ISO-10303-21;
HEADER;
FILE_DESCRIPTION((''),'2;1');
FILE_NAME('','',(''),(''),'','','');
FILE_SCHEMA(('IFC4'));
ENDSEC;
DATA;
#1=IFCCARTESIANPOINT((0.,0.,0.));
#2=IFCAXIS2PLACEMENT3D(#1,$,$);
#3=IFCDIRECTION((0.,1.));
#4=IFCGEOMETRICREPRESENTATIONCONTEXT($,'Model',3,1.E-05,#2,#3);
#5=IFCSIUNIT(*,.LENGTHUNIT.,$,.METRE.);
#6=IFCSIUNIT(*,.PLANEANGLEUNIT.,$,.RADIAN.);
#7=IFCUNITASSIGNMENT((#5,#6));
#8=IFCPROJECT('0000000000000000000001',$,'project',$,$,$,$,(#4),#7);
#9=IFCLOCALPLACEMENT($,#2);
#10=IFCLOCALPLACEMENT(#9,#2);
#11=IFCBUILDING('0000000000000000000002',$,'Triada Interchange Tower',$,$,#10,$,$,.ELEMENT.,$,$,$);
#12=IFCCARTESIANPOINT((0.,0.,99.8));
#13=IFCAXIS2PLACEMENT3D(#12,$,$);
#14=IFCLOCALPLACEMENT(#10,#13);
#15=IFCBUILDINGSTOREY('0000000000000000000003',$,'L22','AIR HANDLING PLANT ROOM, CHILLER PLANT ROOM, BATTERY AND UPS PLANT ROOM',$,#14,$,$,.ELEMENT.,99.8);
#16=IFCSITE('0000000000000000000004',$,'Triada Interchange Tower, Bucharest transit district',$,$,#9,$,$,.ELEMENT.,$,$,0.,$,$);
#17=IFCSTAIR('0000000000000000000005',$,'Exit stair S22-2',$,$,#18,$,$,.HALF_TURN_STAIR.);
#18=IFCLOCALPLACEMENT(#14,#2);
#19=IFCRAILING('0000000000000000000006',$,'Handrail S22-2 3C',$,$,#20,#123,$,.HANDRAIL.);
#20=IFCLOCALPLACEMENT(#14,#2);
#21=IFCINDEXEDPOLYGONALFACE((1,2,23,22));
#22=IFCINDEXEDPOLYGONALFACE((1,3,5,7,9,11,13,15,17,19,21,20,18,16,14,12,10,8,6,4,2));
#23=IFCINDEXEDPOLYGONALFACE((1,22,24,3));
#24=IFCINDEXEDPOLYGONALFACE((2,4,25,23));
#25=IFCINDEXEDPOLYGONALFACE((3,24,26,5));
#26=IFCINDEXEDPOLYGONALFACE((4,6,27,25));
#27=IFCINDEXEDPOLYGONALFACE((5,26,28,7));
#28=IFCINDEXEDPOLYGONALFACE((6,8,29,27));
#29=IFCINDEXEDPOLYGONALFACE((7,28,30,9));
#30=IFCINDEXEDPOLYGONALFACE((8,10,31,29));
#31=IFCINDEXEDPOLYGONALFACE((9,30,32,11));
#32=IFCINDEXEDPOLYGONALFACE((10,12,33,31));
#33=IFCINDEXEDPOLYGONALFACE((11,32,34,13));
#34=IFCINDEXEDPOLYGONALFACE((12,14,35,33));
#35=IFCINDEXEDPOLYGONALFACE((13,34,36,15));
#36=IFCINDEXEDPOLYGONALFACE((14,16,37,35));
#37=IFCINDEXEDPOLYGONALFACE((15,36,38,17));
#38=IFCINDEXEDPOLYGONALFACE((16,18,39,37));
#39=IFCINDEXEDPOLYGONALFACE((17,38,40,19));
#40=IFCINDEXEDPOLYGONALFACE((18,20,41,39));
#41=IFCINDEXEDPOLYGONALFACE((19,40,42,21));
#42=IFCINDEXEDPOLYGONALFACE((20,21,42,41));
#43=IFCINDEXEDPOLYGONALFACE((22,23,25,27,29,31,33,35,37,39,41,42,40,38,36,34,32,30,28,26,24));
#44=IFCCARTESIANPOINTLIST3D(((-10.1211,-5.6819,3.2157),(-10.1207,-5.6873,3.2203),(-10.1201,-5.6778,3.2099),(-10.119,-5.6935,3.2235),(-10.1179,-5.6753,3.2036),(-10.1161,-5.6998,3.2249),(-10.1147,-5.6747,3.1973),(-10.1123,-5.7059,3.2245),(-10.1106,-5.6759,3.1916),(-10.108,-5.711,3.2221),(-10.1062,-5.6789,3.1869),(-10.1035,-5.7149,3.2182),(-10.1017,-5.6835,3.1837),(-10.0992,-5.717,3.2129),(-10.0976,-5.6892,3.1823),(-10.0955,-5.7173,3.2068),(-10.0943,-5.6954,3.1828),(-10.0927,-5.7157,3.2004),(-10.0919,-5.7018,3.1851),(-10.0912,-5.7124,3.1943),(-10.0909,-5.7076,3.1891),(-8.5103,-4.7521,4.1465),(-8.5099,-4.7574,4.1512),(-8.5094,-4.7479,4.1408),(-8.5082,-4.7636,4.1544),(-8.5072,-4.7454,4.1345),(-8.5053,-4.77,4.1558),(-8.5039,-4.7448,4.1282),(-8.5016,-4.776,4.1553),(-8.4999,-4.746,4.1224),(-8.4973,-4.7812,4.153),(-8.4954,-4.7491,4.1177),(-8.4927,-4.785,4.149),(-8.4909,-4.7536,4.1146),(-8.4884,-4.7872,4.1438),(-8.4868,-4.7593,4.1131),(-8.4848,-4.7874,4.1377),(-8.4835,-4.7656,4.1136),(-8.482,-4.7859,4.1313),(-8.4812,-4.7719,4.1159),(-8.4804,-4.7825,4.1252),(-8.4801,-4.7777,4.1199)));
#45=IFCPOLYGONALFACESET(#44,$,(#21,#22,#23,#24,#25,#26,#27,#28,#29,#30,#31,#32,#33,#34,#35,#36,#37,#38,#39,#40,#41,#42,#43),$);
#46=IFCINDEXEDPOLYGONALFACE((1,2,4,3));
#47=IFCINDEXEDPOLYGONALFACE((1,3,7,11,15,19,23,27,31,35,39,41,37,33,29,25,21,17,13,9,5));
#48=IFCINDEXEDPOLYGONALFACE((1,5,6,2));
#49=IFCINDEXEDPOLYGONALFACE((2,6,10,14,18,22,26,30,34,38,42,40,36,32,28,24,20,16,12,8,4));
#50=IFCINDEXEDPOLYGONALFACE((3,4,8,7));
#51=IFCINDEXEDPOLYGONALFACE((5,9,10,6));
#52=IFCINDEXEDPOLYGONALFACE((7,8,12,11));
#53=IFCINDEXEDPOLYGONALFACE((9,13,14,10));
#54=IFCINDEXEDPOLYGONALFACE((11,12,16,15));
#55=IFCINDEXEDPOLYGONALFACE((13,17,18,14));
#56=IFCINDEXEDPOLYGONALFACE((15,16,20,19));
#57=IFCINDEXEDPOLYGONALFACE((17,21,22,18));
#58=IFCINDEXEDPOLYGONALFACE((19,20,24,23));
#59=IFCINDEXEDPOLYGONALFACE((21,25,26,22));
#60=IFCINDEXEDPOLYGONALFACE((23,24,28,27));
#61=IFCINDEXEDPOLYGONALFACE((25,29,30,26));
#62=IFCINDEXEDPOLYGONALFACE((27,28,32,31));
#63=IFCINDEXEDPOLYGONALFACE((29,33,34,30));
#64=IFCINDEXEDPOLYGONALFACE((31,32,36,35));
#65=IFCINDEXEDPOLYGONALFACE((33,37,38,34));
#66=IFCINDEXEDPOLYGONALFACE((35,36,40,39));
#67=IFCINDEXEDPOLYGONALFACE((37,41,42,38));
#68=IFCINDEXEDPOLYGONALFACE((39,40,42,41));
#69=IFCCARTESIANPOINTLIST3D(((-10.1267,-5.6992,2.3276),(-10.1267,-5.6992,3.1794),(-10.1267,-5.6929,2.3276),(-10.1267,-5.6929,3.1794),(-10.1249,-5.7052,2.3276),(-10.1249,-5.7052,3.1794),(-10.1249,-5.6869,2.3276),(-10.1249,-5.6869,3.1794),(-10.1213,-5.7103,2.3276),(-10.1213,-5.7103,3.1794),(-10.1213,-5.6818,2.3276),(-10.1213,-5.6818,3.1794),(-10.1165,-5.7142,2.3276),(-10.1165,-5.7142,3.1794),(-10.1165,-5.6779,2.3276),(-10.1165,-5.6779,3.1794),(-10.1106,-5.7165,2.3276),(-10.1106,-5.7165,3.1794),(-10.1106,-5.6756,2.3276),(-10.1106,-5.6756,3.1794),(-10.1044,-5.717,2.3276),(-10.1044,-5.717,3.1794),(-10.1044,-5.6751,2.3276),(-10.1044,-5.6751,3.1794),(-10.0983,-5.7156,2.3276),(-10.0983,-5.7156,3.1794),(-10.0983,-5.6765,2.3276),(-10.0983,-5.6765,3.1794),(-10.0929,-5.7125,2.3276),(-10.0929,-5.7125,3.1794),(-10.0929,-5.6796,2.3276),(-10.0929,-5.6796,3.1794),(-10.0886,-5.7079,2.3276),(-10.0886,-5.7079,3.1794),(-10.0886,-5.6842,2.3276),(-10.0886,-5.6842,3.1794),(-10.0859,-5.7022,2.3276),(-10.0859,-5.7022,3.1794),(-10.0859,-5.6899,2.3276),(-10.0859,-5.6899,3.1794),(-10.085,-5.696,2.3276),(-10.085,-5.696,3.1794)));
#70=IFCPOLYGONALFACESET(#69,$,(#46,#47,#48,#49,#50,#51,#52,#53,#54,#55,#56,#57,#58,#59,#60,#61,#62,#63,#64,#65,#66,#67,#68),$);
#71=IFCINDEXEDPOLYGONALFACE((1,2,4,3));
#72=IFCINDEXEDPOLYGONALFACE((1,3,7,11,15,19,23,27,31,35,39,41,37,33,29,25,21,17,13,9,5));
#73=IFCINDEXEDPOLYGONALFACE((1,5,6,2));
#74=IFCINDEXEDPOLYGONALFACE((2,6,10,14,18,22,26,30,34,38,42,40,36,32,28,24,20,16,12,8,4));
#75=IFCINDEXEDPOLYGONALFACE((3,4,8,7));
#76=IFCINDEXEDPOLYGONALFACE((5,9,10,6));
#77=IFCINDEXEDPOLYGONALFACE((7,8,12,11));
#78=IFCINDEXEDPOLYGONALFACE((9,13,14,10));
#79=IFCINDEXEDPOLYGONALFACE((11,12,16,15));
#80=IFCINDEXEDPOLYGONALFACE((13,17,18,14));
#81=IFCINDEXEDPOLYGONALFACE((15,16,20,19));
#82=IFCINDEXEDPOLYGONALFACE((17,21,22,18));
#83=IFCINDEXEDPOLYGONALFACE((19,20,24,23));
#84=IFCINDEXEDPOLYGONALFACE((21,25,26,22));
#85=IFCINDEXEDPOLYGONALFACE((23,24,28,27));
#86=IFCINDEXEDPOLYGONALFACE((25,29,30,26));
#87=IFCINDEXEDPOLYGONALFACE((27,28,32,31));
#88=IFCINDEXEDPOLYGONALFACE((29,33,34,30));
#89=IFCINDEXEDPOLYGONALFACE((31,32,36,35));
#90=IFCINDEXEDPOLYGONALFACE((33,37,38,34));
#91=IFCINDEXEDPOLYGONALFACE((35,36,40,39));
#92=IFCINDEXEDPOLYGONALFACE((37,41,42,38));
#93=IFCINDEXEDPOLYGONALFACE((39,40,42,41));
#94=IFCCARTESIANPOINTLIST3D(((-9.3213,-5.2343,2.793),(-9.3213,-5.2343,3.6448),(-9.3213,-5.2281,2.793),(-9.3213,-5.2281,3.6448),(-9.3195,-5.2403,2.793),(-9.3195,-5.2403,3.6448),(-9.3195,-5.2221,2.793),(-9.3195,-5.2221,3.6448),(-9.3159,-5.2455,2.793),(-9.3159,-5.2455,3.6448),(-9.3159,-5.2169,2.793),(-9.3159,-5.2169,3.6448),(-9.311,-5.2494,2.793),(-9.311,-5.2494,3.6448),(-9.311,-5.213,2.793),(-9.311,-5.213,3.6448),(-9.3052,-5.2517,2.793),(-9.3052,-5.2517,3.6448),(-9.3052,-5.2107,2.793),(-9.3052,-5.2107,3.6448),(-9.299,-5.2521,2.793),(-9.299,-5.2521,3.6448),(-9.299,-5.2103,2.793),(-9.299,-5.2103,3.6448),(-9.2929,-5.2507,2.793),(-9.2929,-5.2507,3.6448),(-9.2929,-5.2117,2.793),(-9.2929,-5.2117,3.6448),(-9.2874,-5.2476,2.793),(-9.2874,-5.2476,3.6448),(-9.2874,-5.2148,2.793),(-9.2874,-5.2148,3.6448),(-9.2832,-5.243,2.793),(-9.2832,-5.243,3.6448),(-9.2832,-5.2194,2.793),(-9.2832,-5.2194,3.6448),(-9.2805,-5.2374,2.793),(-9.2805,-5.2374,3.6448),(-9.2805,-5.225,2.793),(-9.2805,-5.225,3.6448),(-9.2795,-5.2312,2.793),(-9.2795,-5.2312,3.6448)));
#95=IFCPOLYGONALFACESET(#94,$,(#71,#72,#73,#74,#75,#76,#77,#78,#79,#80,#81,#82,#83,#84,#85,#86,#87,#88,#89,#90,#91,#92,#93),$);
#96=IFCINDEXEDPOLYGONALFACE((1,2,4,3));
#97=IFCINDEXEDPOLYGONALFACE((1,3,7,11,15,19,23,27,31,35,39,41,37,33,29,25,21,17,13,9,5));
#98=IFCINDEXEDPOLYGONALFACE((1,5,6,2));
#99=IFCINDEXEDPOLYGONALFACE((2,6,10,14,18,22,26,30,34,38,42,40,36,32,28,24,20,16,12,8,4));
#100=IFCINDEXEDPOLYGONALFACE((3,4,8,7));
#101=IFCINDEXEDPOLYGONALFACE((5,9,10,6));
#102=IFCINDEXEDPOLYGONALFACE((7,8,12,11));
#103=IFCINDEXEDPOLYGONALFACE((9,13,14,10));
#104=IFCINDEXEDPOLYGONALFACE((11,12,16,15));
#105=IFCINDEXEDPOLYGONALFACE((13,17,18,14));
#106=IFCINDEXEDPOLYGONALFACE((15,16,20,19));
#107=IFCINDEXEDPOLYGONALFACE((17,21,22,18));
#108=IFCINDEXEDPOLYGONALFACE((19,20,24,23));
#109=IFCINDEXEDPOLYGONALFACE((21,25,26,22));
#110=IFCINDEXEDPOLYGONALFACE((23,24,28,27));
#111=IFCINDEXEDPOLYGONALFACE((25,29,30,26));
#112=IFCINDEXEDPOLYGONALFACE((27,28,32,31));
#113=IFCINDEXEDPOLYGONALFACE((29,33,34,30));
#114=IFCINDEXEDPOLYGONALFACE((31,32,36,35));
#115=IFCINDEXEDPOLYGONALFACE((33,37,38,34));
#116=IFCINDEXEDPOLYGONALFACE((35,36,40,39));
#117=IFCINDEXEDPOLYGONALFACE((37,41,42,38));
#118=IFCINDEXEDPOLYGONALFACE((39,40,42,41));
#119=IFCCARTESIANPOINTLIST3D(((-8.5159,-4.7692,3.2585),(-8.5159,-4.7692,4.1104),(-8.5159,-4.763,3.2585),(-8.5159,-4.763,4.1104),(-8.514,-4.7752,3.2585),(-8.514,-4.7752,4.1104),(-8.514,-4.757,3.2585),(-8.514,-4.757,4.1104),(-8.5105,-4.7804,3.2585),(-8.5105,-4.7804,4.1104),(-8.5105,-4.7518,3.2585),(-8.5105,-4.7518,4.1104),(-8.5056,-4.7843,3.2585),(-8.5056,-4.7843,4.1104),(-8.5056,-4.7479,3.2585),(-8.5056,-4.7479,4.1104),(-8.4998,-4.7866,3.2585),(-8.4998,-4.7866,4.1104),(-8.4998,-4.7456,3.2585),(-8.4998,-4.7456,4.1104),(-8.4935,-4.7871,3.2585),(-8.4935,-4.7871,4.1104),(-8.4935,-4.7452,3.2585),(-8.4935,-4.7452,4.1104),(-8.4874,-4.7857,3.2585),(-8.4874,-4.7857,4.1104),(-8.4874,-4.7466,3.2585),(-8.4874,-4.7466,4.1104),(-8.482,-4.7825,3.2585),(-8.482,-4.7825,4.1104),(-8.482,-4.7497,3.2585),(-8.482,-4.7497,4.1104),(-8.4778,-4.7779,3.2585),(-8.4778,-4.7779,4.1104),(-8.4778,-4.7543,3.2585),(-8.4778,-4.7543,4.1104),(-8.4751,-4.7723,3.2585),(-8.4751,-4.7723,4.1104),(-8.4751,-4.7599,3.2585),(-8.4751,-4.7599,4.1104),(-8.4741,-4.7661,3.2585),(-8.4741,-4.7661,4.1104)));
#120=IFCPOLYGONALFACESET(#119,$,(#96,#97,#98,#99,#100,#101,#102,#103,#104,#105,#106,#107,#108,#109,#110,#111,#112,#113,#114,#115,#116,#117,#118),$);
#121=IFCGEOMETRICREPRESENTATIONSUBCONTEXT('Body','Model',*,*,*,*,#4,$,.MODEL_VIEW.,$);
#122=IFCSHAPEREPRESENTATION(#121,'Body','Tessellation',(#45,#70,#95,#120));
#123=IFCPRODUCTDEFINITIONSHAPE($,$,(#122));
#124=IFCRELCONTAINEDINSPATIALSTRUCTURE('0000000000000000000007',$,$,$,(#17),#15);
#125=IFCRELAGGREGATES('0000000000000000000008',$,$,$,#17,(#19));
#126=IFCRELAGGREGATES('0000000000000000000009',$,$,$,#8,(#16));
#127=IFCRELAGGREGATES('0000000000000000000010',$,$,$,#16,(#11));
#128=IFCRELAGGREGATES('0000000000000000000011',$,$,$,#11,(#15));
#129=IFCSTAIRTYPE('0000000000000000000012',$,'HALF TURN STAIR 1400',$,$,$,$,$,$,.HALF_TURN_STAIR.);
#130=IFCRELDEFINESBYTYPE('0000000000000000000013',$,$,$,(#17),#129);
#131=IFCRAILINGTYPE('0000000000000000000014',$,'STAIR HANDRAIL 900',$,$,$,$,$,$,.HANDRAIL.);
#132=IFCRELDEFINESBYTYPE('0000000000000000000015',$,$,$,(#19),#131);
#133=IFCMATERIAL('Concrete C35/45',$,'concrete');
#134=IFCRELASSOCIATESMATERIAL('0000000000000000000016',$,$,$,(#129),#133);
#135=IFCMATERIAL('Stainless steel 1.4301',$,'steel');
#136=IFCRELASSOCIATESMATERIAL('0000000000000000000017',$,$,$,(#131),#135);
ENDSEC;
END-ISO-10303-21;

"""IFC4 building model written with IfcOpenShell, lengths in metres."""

from ifc_helpers import new_model, si_unit, direction, frame, origin, origin_2d, place, context, subcontext, project, spatial, circle, extrude, material, type_object, element, aggregate, save


model = new_model("IFC4")

# Units and contexts
model_context = context("Model", 3, precision=1e-05, world=origin(), true_north=direction((0.0, 1.0)))
body_context = subcontext(model_context, "Body", "Model", "MODEL_VIEW")
ifc_project = project(units=[si_unit("LENGTHUNIT", "METRE"), si_unit("PLANEANGLEUNIT", "RADIAN")], contexts=[model_context])

# Site, building, storey
site_placement = place(None, origin())
site = spatial("IfcSite", under=ifc_project, at=site_placement, Name="Triada Interchange Tower, Bucharest transit district", CompositionType="ELEMENT", RefElevation=0.0)
building_placement = place(site_placement, origin())
building = spatial("IfcBuilding", under=site, at=building_placement, Name="Triada Interchange Tower", CompositionType="ELEMENT")
storey_placement = place(building_placement, frame((0.0, 0.0, 99.8)))
storey = spatial("IfcBuildingStorey", under=building, at=storey_placement, Name="L22", Description="AIR HANDLING PLANT ROOM, CHILLER PLANT ROOM, BATTERY AND UPS PLANT ROOM", CompositionType="ELEMENT", Elevation=99.8)

# Shared definitions
ifc_material_1 = material(Name="Concrete C35/45", Category="concrete")

# Stair, railing
stair_type = type_object("IfcStairType", Name="HALF TURN STAIR 1400", PredefinedType="HALF_TURN_STAIR", material=ifc_material_1)
stair_placement = place(storey_placement, origin())
stair = element("IfcStair", 1, at=stair_placement, inside=storey, type_object=stair_type, Name="Exit stair S22-2", PredefinedType="HALF_TURN_STAIR")
ifc_material_2 = material(Name="Stainless steel 1.4301", Category="steel")
railing_type_1 = type_object("IfcRailingType", Name="STAIR HANDRAIL 900", PredefinedType="HANDRAIL", material=ifc_material_2)
railing_1_placement = place(storey_placement, frame((-10.106, -5.696, 2.3276)))
railing_1 = element("IfcRailing", 2, at=railing_1_placement, type_object=railing_type_1, Name="Handrail S22-2 3C", PredefinedType="HANDRAIL", context=body_context, shape_type="SweptSolid", body=[
    extrude(circle(Radius=0.0239, at=origin_2d()), frame((0.0, 0.0, 0.876), z_axis=(0.774463, 0.447095, 0.447564), x_axis=(-0.499965, 0.866046, 0.0)), (0.0, 0.0, 1.0), 2.0798),
    extrude(circle(Radius=0.021, at=origin_2d()), origin(), (0.0, 0.0, 1.0), 0.8518),
    extrude(circle(Radius=0.021, at=origin_2d()), frame((0.8054, 0.4648, 0.4653)), (0.0, 0.0, 1.0), 0.8518),
    extrude(circle(Radius=0.021, at=origin_2d()), frame((1.6108, 0.9299, 0.9309)), (0.0, 0.0, 1.0), 0.8518),
])
aggregate(stair, [railing_1])

save(model, "model.ifc")
